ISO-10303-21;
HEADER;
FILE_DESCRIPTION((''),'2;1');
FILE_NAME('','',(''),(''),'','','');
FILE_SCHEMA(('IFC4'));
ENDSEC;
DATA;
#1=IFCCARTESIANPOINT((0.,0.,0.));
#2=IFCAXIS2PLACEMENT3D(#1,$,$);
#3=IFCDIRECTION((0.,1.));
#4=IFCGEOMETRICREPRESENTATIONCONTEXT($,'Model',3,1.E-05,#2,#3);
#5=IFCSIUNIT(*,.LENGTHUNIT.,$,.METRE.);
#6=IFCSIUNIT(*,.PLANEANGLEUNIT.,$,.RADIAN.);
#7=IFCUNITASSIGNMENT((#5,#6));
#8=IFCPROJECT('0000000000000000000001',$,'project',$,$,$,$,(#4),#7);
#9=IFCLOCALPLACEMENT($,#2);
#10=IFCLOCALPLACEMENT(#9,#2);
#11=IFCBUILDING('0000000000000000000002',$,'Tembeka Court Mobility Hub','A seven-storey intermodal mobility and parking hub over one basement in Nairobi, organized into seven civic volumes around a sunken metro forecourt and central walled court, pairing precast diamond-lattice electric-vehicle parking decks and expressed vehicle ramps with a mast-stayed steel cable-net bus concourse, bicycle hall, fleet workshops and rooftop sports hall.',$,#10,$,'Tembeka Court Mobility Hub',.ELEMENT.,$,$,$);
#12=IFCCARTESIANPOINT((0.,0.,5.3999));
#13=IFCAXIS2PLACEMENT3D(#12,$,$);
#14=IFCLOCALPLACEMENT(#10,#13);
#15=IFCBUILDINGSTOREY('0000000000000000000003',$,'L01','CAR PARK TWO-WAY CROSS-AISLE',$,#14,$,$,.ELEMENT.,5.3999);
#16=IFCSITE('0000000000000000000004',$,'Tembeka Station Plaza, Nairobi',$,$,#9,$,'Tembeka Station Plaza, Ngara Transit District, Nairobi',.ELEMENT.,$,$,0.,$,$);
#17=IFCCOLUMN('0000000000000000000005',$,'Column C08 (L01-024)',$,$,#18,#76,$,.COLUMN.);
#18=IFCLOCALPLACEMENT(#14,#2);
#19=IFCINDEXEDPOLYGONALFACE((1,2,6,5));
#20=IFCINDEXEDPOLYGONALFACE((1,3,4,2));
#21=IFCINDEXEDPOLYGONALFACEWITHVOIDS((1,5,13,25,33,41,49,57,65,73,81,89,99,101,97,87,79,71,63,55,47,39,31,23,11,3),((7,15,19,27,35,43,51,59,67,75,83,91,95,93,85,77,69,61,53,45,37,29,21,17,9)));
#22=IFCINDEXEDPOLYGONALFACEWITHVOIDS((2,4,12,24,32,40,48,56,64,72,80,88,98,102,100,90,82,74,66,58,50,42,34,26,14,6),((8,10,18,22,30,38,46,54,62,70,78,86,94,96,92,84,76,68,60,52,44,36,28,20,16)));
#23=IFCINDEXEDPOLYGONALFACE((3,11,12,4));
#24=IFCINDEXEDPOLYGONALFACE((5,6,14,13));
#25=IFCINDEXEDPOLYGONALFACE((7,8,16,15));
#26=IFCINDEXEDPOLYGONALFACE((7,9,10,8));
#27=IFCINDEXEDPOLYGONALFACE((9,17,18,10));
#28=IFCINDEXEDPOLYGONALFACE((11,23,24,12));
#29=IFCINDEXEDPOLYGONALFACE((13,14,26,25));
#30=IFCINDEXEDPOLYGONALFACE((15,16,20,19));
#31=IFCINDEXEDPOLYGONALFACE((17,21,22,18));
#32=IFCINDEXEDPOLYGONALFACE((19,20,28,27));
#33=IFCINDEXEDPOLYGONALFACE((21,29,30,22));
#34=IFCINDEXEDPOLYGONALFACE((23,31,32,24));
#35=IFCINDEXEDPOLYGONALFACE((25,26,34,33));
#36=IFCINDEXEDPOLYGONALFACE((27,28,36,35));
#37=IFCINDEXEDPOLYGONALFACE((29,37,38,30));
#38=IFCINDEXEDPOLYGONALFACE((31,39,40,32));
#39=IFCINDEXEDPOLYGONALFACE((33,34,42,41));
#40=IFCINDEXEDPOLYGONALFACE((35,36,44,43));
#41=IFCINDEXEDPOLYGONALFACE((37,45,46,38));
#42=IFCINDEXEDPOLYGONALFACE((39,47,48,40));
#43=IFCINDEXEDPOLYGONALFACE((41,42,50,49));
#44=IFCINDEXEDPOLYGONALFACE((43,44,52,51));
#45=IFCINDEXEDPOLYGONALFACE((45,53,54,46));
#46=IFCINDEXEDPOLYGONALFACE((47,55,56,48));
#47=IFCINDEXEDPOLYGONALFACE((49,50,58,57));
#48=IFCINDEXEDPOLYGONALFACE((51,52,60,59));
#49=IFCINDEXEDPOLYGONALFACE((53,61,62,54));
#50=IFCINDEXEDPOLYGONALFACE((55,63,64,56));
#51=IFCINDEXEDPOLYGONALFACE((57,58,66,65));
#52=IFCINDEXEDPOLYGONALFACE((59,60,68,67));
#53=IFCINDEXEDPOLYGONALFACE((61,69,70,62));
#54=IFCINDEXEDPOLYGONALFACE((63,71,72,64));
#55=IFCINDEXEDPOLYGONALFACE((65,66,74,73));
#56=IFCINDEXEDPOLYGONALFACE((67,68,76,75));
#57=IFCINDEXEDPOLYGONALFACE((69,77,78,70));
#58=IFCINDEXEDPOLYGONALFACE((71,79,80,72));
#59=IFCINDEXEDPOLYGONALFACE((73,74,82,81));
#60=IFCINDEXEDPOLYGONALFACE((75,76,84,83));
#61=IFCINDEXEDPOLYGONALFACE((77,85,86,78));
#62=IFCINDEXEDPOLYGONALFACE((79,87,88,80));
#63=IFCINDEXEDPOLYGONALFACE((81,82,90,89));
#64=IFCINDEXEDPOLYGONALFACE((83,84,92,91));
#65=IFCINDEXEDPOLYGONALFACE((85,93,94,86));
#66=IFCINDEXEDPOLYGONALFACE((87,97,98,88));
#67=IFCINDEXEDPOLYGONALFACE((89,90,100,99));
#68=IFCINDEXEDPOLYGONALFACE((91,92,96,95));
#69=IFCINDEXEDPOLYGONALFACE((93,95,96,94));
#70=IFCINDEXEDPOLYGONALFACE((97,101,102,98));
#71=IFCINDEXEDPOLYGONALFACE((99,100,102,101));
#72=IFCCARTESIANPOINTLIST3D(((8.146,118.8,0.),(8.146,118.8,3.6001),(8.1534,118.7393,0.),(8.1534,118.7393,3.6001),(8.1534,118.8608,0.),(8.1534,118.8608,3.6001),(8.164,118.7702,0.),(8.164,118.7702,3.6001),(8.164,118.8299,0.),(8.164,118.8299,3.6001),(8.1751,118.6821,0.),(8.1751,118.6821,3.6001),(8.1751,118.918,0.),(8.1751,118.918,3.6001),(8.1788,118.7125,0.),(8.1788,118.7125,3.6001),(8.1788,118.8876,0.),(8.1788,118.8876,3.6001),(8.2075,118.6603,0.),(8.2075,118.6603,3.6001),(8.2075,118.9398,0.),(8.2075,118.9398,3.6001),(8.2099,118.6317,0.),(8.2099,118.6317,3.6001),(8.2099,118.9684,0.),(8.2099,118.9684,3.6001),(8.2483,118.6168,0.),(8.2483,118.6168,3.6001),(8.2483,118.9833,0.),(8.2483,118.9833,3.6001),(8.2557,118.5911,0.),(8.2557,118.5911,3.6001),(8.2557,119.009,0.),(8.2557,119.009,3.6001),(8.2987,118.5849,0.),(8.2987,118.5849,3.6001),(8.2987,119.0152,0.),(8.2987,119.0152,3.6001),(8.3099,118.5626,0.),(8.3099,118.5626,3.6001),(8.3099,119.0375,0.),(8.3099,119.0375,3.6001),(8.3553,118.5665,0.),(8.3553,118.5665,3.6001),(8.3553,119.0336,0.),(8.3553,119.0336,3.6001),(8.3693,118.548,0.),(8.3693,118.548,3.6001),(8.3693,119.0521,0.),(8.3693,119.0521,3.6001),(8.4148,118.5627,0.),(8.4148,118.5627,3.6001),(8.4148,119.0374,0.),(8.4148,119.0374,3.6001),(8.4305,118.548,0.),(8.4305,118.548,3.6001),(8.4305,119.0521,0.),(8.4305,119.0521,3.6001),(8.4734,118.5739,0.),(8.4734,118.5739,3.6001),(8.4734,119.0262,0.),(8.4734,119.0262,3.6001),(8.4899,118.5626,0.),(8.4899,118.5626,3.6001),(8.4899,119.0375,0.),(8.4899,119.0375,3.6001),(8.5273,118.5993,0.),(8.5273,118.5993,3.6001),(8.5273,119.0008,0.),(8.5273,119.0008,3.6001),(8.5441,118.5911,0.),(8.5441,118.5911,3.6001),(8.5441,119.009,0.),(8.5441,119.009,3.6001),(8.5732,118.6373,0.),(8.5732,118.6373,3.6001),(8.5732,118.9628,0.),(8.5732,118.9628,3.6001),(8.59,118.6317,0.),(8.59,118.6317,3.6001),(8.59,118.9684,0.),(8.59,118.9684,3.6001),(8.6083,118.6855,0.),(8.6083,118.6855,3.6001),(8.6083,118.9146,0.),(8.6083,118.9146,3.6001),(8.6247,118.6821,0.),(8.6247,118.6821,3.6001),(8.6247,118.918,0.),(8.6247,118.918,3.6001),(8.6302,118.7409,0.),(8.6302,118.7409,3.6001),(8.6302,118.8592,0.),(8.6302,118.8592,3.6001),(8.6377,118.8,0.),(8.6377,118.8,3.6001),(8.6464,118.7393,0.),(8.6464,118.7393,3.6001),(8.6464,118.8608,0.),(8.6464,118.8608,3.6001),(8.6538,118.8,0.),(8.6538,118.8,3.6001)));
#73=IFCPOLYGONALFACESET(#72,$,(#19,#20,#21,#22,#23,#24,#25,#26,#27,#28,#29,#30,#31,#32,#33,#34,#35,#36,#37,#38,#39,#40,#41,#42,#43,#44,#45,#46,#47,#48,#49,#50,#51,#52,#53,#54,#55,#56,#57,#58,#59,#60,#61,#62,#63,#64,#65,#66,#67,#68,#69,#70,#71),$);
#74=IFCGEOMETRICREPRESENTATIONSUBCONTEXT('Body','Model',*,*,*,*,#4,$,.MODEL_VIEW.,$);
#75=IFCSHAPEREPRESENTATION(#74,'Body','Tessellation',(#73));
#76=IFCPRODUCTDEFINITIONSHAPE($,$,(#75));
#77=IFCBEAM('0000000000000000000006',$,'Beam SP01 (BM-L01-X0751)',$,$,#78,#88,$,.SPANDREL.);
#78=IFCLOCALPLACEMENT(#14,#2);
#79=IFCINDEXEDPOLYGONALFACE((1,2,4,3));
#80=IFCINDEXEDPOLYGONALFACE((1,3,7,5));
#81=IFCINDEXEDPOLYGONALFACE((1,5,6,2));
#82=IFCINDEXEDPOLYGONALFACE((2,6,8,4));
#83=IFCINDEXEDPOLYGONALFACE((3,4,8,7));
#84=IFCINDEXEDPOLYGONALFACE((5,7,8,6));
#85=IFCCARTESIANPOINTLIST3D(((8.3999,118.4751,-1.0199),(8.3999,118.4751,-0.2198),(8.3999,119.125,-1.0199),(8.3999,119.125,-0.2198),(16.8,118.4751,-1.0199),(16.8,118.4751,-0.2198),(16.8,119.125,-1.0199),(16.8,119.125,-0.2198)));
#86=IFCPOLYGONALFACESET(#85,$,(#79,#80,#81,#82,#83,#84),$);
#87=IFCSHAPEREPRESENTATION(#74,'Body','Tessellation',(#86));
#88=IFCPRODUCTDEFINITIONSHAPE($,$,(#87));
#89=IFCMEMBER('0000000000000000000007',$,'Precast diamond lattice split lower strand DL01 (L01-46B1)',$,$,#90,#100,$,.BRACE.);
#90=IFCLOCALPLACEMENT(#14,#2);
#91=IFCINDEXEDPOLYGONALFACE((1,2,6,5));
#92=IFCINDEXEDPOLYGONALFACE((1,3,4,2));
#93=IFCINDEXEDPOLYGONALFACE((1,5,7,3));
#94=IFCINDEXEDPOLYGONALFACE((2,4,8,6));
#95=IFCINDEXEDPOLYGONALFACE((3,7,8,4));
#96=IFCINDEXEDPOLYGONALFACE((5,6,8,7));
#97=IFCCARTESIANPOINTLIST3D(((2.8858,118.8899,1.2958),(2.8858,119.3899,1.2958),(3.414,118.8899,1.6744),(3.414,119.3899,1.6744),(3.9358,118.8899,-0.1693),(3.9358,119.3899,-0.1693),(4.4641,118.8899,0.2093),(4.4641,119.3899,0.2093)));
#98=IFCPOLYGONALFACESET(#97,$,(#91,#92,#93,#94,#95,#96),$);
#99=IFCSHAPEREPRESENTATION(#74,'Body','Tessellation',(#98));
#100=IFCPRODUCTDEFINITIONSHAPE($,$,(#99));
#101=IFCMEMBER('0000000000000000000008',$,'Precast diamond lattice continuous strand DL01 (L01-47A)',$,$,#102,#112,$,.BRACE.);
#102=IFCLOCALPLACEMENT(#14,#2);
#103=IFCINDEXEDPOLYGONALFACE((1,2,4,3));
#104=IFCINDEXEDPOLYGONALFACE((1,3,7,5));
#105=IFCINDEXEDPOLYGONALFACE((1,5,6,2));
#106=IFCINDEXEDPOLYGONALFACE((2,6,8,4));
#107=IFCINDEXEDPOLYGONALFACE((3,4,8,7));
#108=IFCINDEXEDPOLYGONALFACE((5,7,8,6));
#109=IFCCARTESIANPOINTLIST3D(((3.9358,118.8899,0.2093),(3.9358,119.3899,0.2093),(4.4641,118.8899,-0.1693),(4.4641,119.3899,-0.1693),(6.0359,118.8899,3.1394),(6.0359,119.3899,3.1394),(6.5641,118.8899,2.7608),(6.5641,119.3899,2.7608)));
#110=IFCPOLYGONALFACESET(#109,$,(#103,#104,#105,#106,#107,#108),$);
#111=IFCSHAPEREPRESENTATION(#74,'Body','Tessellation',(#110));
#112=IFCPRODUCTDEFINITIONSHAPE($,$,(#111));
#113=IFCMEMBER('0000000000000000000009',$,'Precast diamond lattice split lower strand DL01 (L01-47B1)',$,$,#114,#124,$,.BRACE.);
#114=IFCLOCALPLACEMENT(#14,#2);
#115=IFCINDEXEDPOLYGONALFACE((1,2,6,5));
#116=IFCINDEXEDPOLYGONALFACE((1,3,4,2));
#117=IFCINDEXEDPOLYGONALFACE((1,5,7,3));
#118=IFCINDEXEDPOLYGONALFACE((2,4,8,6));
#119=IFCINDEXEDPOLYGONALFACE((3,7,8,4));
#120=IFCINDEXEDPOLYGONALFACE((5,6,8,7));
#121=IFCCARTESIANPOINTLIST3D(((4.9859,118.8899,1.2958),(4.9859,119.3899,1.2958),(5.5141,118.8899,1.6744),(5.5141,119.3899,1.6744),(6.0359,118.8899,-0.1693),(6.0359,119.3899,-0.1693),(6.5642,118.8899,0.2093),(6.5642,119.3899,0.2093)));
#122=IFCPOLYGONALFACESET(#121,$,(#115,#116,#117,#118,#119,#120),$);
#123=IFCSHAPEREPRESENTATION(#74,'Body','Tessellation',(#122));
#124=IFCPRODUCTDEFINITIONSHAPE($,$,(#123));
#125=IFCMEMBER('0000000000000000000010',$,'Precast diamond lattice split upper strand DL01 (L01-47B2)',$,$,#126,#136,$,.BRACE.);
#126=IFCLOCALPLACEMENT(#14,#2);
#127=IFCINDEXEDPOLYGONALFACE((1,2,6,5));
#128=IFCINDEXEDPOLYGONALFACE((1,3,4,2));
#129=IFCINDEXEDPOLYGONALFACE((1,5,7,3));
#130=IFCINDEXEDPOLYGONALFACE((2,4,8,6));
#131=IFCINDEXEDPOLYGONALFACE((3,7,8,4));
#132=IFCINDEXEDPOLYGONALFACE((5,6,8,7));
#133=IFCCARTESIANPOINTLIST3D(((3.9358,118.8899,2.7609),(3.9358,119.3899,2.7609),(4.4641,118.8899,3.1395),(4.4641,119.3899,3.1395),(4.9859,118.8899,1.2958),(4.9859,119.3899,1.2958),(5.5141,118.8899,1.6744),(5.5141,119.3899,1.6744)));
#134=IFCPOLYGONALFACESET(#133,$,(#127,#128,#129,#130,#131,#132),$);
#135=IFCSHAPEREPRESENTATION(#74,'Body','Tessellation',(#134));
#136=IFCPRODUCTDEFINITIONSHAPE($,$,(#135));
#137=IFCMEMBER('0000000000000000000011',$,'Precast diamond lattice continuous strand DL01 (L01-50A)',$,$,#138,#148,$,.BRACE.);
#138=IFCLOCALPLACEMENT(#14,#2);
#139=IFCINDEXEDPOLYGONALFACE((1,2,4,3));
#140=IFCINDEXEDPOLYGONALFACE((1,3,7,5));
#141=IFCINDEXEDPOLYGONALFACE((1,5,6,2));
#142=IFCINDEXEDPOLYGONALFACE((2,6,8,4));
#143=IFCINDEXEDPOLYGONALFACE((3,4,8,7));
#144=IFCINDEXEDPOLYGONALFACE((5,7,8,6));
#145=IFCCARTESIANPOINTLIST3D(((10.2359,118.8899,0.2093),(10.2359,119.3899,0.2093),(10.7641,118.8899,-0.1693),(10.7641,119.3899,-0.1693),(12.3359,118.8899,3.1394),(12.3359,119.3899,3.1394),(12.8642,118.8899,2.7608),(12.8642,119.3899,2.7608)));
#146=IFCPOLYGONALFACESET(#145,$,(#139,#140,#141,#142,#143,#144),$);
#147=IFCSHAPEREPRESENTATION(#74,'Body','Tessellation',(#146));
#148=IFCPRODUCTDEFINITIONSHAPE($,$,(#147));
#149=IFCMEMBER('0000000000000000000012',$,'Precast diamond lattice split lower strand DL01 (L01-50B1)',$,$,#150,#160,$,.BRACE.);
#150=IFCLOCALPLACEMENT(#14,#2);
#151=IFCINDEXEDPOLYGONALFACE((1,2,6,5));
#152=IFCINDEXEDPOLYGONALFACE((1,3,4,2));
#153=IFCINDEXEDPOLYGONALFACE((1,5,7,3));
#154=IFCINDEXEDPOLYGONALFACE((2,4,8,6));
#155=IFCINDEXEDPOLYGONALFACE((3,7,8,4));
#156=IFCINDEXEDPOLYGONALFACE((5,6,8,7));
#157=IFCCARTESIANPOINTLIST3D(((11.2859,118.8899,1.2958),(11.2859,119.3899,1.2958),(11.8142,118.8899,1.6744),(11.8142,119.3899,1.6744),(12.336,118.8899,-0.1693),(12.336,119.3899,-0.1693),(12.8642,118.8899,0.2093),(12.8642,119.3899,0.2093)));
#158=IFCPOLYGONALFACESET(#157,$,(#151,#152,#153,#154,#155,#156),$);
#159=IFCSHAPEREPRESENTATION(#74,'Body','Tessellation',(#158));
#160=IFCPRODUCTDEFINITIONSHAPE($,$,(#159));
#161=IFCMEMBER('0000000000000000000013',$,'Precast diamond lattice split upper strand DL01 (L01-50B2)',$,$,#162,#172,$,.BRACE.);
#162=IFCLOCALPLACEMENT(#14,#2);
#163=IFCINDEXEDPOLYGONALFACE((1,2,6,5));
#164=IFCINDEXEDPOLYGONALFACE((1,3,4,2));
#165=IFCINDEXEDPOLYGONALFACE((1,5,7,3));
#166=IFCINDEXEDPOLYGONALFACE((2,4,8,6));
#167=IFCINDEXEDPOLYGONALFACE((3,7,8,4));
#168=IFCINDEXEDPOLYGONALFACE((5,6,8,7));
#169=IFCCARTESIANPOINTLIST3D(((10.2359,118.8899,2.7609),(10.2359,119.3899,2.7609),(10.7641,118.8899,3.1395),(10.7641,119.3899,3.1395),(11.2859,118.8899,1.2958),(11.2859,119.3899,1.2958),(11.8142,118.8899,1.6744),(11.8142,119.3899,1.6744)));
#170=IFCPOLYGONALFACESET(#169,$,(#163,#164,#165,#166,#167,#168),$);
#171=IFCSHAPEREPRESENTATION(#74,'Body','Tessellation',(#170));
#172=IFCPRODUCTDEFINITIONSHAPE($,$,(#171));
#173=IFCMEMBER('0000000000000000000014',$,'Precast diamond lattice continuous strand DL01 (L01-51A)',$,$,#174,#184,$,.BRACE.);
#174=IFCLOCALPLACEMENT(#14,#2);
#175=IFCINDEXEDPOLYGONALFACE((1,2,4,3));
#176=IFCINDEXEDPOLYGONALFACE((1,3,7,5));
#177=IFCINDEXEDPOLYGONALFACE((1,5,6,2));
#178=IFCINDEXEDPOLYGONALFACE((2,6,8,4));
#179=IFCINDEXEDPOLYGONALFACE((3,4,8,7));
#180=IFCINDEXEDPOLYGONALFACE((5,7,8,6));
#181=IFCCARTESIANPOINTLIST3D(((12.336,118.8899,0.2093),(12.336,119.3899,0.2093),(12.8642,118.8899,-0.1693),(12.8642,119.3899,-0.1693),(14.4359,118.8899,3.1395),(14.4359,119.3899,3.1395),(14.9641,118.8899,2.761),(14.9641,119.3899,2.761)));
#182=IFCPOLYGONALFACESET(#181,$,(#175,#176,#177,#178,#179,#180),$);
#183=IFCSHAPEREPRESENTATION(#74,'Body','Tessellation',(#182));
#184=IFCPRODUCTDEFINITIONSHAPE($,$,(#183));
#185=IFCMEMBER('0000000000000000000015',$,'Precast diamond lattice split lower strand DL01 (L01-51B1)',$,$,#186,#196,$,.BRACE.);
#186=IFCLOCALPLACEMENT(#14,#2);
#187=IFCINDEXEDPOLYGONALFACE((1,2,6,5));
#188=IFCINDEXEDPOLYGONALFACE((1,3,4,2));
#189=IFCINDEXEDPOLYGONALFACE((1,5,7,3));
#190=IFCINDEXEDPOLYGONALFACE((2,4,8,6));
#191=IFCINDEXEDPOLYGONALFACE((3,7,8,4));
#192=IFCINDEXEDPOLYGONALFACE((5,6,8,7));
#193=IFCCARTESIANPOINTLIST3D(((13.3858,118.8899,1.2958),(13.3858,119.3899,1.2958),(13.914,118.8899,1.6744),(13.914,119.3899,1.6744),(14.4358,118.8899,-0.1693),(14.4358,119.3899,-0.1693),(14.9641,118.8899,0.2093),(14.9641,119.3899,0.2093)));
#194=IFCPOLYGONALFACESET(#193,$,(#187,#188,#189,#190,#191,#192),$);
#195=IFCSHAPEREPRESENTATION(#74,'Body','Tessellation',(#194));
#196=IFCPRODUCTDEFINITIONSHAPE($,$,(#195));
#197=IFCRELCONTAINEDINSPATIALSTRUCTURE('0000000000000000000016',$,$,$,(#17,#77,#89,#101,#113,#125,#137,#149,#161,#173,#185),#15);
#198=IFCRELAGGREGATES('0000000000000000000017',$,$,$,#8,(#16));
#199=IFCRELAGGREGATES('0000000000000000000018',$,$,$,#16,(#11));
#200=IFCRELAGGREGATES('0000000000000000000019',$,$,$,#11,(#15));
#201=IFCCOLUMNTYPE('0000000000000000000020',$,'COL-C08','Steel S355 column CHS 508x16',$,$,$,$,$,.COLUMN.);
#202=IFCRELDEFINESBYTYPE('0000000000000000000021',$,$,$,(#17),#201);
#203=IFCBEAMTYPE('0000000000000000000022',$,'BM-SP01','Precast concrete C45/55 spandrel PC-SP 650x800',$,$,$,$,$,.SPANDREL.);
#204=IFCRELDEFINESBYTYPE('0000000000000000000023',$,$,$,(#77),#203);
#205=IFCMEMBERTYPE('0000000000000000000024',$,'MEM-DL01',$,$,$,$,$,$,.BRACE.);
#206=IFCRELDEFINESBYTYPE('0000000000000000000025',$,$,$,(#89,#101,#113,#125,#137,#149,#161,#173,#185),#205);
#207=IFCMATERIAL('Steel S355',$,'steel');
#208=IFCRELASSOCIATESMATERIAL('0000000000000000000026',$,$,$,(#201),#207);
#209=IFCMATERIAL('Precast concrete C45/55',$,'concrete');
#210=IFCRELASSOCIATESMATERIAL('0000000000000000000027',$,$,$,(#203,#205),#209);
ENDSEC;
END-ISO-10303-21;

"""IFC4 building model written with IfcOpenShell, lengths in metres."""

from ifc_helpers import new_model, si_unit, direction, frame, origin, origin_2d, place, context, subcontext, project, spatial, rectangle, hollow_circle, extrude, material, material_profile, profile_set, type_object, element, save


model = new_model("IFC4")

# Units and contexts
model_context = context("Model", 3, precision=1e-05, world=origin(), true_north=direction((0.0, 1.0)))
body_context = subcontext(model_context, "Body", "Model", "MODEL_VIEW")
ifc_project = project(units=[si_unit("LENGTHUNIT", "METRE"), si_unit("PLANEANGLEUNIT", "RADIAN")], contexts=[model_context])

# Site, building, storey
site_placement = place(None, origin())
site = spatial("IfcSite", under=ifc_project, at=site_placement, Name="Tembeka Station Plaza, Nairobi", LongName="Tembeka Station Plaza, Ngara Transit District, Nairobi", CompositionType="ELEMENT", RefElevation=0.0)
building_placement = place(site_placement, origin())
building = spatial("IfcBuilding", under=site, at=building_placement, Name="Tembeka Court Mobility Hub", Description="A seven-storey intermodal mobility and parking hub over one basement in Nairobi, organized into seven civic volumes around a sunken metro forecourt and central walled court, pairing precast diamond-lattice electric-vehicle parking decks and expressed vehicle ramps with a mast-stayed steel cable-net bus concourse, bicycle hall, fleet workshops and rooftop sports hall.", LongName="Tembeka Court Mobility Hub", CompositionType="ELEMENT")
storey_placement = place(building_placement, frame((0.0, 0.0, 5.3999)))
storey = spatial("IfcBuildingStorey", under=building, at=storey_placement, Name="L01", Description="CAR PARK TWO-WAY CROSS-AISLE", CompositionType="ELEMENT", Elevation=5.3999)

# Column
ifc_material_1 = material(Name="Steel S355", Category="steel")
ifc_material_profile_1 = material_profile(ifc_material_1, hollow_circle(Radius=0.2539, WallThickness=0.0161, at=origin_2d()), Name="CHS 508x16")
ifc_profile_set_1 = profile_set([ifc_material_profile_1], Name="Steel S355")
column_type = type_object("IfcColumnType", Name="COL-C08", Description="Steel S355 column CHS 508x16", PredefinedType="COLUMN", material=ifc_profile_set_1)
column_placement = place(storey_placement, frame((8.3999, 118.8, 0.0), z_axis=(0.0, 0.0, 1.0), x_axis=(1.0, 0.0, 0.0)))
element("IfcColumn", 1, at=column_placement, inside=storey, type_object=column_type, Name="Column C08 (L01-024)", PredefinedType="COLUMN", context=body_context, shape_type="SweptSolid", body=[
    extrude(hollow_circle(Radius=0.2539, WallThickness=0.0161, at=origin_2d()), origin(), (0.0, 0.0, 1.0), 3.6001),
])

# Beam
ifc_material_2 = material(Name="Precast concrete C45/55", Category="concrete")
ifc_material_profile_2 = material_profile(ifc_material_2, rectangle(XDim=0.6499, YDim=0.8, at=origin_2d()), Name="PC-SP 650x800")
ifc_profile_set_2 = profile_set([ifc_material_profile_2], Name="Precast concrete C45/55")
beam_type = type_object("IfcBeamType", Name="BM-SP01", Description="Precast concrete C45/55 spandrel PC-SP 650x800", PredefinedType="SPANDREL", material=ifc_profile_set_2)
beam_placement = place(storey_placement, frame((8.3999, 118.8, -0.6199), z_axis=(1.0, 0.0, 0.0), x_axis=(0.0, 1.0, 0.0)))
element("IfcBeam", 2, at=beam_placement, inside=storey, type_object=beam_type, Name="Beam SP01 (BM-L01-X0751)", PredefinedType="SPANDREL", context=body_context, shape_type="SweptSolid", body=[
    extrude(rectangle(XDim=0.6499, YDim=0.8, at=origin_2d()), origin(), (0.0, 0.0, 1.0), 8.4001),
])

# Members
ifc_material_profile_3 = material_profile(ifc_material_2, rectangle(XDim=0.5, YDim=0.6499, at=origin_2d()), Name="PC-DIAG 500x650")
ifc_profile_set_3 = profile_set([ifc_material_profile_3], Name="Precast concrete C45/55")
member_type_1 = type_object("IfcMemberType", Name="MEM-DL01", PredefinedType="BRACE", material=ifc_profile_set_3)
member_1_placement = place(storey_placement, frame((4.2, 119.1399, 0.02), z_axis=(-0.582544, 0.0, 0.812799), x_axis=(0.0, -1.0, 0.0)))
element("IfcMember", 3, at=member_1_placement, inside=storey, type_object=member_type_1, Name="Precast diamond lattice split lower strand DL01 (L01-46B1)", PredefinedType="BRACE", context=body_context, shape_type="SweptSolid", body=[
    extrude(rectangle(XDim=0.5, YDim=0.6499, at=origin_2d()), origin(), (0.0, 0.0, 1.0), 1.8025),
])
member_2_placement = place(storey_placement, frame((4.2, 119.1399, 0.02), z_axis=(0.582544, 0.0, 0.812799), x_axis=(0.0, 1.0, 0.0)))
element("IfcMember", 4, at=member_2_placement, inside=storey, type_object=member_type_1, Name="Precast diamond lattice continuous strand DL01 (L01-47A)", PredefinedType="BRACE", context=body_context, shape_type="SweptSolid", body=[
    extrude(rectangle(XDim=0.5, YDim=0.6499, at=origin_2d()), origin(), (0.0, 0.0, 1.0), 3.605),
])
for number, where, z_axis, x_axis, name in (
    (5, (6.3, 119.1399, 0.02), (-0.582544, 0.0, 0.812799), (0.0, -1.0, 0.0), "Precast diamond lattice split lower strand DL01 (L01-47B1)"),
    (6, (5.25, 119.1399, 1.4851), (-0.582544, 0.0, 0.812799), (0.0, -1.0, 0.0), "Precast diamond lattice split upper strand DL01 (L01-47B2)"),
):
    element("IfcMember", number, at=place(storey_placement, frame(where, z_axis=z_axis, x_axis=x_axis)), inside=storey, type_object=member_type_1, Name=name, PredefinedType="BRACE", context=body_context, shape_type="SweptSolid", body=[
        extrude(rectangle(XDim=0.5, YDim=0.6499, at=origin_2d()), origin(), (0.0, 0.0, 1.0), 1.8025),
    ])
member_3_placement = place(storey_placement, frame((10.5, 119.1399, 0.02), z_axis=(0.582544, 0.0, 0.812799), x_axis=(0.0, 1.0, 0.0)))
element("IfcMember", 7, at=member_3_placement, inside=storey, type_object=member_type_1, Name="Precast diamond lattice continuous strand DL01 (L01-50A)", PredefinedType="BRACE", context=body_context, shape_type="SweptSolid", body=[
    extrude(rectangle(XDim=0.5, YDim=0.6499, at=origin_2d()), origin(), (0.0, 0.0, 1.0), 3.605),
])
for number, where, z_axis, x_axis, name in (
    (8, (12.6001, 119.1399, 0.02), (-0.582544, 0.0, 0.812799), (0.0, -1.0, 0.0), "Precast diamond lattice split lower strand DL01 (L01-50B1)"),
    (9, (11.55, 119.1399, 1.4851), (-0.582544, 0.0, 0.812799), (0.0, -1.0, 0.0), "Precast diamond lattice split upper strand DL01 (L01-50B2)"),
):
    element("IfcMember", number, at=place(storey_placement, frame(where, z_axis=z_axis, x_axis=x_axis)), inside=storey, type_object=member_type_1, Name=name, PredefinedType="BRACE", context=body_context, shape_type="SweptSolid", body=[
        extrude(rectangle(XDim=0.5, YDim=0.6499, at=origin_2d()), origin(), (0.0, 0.0, 1.0), 1.8025),
    ])
member_4_placement = place(storey_placement, frame((12.6001, 119.1399, 0.02), z_axis=(0.5825, 0.0, 0.812831), x_axis=(0.0, 1.0, 0.0)))
element("IfcMember", 10, at=member_4_placement, inside=storey, type_object=member_type_1, Name="Precast diamond lattice continuous strand DL01 (L01-51A)", PredefinedType="BRACE", context=body_context, shape_type="SweptSolid", body=[
    extrude(rectangle(XDim=0.5, YDim=0.6499, at=origin_2d()), origin(), (0.0, 0.0, 1.0), 3.605),
])
for number, where, z_axis, x_axis, name in (
    (11, (14.7, 119.1399, 0.02), (-0.582544, 0.0, 0.812799), (0.0, -1.0, 0.0), "Precast diamond lattice split lower strand DL01 (L01-51B1)"),
):
    element("IfcMember", number, at=place(storey_placement, frame(where, z_axis=z_axis, x_axis=x_axis)), inside=storey, type_object=member_type_1, Name=name, PredefinedType="BRACE", context=body_context, shape_type="SweptSolid", body=[
        extrude(rectangle(XDim=0.5, YDim=0.6499, at=origin_2d()), origin(), (0.0, 0.0, 1.0), 1.8025),
    ])

save(model, "model.ifc")
